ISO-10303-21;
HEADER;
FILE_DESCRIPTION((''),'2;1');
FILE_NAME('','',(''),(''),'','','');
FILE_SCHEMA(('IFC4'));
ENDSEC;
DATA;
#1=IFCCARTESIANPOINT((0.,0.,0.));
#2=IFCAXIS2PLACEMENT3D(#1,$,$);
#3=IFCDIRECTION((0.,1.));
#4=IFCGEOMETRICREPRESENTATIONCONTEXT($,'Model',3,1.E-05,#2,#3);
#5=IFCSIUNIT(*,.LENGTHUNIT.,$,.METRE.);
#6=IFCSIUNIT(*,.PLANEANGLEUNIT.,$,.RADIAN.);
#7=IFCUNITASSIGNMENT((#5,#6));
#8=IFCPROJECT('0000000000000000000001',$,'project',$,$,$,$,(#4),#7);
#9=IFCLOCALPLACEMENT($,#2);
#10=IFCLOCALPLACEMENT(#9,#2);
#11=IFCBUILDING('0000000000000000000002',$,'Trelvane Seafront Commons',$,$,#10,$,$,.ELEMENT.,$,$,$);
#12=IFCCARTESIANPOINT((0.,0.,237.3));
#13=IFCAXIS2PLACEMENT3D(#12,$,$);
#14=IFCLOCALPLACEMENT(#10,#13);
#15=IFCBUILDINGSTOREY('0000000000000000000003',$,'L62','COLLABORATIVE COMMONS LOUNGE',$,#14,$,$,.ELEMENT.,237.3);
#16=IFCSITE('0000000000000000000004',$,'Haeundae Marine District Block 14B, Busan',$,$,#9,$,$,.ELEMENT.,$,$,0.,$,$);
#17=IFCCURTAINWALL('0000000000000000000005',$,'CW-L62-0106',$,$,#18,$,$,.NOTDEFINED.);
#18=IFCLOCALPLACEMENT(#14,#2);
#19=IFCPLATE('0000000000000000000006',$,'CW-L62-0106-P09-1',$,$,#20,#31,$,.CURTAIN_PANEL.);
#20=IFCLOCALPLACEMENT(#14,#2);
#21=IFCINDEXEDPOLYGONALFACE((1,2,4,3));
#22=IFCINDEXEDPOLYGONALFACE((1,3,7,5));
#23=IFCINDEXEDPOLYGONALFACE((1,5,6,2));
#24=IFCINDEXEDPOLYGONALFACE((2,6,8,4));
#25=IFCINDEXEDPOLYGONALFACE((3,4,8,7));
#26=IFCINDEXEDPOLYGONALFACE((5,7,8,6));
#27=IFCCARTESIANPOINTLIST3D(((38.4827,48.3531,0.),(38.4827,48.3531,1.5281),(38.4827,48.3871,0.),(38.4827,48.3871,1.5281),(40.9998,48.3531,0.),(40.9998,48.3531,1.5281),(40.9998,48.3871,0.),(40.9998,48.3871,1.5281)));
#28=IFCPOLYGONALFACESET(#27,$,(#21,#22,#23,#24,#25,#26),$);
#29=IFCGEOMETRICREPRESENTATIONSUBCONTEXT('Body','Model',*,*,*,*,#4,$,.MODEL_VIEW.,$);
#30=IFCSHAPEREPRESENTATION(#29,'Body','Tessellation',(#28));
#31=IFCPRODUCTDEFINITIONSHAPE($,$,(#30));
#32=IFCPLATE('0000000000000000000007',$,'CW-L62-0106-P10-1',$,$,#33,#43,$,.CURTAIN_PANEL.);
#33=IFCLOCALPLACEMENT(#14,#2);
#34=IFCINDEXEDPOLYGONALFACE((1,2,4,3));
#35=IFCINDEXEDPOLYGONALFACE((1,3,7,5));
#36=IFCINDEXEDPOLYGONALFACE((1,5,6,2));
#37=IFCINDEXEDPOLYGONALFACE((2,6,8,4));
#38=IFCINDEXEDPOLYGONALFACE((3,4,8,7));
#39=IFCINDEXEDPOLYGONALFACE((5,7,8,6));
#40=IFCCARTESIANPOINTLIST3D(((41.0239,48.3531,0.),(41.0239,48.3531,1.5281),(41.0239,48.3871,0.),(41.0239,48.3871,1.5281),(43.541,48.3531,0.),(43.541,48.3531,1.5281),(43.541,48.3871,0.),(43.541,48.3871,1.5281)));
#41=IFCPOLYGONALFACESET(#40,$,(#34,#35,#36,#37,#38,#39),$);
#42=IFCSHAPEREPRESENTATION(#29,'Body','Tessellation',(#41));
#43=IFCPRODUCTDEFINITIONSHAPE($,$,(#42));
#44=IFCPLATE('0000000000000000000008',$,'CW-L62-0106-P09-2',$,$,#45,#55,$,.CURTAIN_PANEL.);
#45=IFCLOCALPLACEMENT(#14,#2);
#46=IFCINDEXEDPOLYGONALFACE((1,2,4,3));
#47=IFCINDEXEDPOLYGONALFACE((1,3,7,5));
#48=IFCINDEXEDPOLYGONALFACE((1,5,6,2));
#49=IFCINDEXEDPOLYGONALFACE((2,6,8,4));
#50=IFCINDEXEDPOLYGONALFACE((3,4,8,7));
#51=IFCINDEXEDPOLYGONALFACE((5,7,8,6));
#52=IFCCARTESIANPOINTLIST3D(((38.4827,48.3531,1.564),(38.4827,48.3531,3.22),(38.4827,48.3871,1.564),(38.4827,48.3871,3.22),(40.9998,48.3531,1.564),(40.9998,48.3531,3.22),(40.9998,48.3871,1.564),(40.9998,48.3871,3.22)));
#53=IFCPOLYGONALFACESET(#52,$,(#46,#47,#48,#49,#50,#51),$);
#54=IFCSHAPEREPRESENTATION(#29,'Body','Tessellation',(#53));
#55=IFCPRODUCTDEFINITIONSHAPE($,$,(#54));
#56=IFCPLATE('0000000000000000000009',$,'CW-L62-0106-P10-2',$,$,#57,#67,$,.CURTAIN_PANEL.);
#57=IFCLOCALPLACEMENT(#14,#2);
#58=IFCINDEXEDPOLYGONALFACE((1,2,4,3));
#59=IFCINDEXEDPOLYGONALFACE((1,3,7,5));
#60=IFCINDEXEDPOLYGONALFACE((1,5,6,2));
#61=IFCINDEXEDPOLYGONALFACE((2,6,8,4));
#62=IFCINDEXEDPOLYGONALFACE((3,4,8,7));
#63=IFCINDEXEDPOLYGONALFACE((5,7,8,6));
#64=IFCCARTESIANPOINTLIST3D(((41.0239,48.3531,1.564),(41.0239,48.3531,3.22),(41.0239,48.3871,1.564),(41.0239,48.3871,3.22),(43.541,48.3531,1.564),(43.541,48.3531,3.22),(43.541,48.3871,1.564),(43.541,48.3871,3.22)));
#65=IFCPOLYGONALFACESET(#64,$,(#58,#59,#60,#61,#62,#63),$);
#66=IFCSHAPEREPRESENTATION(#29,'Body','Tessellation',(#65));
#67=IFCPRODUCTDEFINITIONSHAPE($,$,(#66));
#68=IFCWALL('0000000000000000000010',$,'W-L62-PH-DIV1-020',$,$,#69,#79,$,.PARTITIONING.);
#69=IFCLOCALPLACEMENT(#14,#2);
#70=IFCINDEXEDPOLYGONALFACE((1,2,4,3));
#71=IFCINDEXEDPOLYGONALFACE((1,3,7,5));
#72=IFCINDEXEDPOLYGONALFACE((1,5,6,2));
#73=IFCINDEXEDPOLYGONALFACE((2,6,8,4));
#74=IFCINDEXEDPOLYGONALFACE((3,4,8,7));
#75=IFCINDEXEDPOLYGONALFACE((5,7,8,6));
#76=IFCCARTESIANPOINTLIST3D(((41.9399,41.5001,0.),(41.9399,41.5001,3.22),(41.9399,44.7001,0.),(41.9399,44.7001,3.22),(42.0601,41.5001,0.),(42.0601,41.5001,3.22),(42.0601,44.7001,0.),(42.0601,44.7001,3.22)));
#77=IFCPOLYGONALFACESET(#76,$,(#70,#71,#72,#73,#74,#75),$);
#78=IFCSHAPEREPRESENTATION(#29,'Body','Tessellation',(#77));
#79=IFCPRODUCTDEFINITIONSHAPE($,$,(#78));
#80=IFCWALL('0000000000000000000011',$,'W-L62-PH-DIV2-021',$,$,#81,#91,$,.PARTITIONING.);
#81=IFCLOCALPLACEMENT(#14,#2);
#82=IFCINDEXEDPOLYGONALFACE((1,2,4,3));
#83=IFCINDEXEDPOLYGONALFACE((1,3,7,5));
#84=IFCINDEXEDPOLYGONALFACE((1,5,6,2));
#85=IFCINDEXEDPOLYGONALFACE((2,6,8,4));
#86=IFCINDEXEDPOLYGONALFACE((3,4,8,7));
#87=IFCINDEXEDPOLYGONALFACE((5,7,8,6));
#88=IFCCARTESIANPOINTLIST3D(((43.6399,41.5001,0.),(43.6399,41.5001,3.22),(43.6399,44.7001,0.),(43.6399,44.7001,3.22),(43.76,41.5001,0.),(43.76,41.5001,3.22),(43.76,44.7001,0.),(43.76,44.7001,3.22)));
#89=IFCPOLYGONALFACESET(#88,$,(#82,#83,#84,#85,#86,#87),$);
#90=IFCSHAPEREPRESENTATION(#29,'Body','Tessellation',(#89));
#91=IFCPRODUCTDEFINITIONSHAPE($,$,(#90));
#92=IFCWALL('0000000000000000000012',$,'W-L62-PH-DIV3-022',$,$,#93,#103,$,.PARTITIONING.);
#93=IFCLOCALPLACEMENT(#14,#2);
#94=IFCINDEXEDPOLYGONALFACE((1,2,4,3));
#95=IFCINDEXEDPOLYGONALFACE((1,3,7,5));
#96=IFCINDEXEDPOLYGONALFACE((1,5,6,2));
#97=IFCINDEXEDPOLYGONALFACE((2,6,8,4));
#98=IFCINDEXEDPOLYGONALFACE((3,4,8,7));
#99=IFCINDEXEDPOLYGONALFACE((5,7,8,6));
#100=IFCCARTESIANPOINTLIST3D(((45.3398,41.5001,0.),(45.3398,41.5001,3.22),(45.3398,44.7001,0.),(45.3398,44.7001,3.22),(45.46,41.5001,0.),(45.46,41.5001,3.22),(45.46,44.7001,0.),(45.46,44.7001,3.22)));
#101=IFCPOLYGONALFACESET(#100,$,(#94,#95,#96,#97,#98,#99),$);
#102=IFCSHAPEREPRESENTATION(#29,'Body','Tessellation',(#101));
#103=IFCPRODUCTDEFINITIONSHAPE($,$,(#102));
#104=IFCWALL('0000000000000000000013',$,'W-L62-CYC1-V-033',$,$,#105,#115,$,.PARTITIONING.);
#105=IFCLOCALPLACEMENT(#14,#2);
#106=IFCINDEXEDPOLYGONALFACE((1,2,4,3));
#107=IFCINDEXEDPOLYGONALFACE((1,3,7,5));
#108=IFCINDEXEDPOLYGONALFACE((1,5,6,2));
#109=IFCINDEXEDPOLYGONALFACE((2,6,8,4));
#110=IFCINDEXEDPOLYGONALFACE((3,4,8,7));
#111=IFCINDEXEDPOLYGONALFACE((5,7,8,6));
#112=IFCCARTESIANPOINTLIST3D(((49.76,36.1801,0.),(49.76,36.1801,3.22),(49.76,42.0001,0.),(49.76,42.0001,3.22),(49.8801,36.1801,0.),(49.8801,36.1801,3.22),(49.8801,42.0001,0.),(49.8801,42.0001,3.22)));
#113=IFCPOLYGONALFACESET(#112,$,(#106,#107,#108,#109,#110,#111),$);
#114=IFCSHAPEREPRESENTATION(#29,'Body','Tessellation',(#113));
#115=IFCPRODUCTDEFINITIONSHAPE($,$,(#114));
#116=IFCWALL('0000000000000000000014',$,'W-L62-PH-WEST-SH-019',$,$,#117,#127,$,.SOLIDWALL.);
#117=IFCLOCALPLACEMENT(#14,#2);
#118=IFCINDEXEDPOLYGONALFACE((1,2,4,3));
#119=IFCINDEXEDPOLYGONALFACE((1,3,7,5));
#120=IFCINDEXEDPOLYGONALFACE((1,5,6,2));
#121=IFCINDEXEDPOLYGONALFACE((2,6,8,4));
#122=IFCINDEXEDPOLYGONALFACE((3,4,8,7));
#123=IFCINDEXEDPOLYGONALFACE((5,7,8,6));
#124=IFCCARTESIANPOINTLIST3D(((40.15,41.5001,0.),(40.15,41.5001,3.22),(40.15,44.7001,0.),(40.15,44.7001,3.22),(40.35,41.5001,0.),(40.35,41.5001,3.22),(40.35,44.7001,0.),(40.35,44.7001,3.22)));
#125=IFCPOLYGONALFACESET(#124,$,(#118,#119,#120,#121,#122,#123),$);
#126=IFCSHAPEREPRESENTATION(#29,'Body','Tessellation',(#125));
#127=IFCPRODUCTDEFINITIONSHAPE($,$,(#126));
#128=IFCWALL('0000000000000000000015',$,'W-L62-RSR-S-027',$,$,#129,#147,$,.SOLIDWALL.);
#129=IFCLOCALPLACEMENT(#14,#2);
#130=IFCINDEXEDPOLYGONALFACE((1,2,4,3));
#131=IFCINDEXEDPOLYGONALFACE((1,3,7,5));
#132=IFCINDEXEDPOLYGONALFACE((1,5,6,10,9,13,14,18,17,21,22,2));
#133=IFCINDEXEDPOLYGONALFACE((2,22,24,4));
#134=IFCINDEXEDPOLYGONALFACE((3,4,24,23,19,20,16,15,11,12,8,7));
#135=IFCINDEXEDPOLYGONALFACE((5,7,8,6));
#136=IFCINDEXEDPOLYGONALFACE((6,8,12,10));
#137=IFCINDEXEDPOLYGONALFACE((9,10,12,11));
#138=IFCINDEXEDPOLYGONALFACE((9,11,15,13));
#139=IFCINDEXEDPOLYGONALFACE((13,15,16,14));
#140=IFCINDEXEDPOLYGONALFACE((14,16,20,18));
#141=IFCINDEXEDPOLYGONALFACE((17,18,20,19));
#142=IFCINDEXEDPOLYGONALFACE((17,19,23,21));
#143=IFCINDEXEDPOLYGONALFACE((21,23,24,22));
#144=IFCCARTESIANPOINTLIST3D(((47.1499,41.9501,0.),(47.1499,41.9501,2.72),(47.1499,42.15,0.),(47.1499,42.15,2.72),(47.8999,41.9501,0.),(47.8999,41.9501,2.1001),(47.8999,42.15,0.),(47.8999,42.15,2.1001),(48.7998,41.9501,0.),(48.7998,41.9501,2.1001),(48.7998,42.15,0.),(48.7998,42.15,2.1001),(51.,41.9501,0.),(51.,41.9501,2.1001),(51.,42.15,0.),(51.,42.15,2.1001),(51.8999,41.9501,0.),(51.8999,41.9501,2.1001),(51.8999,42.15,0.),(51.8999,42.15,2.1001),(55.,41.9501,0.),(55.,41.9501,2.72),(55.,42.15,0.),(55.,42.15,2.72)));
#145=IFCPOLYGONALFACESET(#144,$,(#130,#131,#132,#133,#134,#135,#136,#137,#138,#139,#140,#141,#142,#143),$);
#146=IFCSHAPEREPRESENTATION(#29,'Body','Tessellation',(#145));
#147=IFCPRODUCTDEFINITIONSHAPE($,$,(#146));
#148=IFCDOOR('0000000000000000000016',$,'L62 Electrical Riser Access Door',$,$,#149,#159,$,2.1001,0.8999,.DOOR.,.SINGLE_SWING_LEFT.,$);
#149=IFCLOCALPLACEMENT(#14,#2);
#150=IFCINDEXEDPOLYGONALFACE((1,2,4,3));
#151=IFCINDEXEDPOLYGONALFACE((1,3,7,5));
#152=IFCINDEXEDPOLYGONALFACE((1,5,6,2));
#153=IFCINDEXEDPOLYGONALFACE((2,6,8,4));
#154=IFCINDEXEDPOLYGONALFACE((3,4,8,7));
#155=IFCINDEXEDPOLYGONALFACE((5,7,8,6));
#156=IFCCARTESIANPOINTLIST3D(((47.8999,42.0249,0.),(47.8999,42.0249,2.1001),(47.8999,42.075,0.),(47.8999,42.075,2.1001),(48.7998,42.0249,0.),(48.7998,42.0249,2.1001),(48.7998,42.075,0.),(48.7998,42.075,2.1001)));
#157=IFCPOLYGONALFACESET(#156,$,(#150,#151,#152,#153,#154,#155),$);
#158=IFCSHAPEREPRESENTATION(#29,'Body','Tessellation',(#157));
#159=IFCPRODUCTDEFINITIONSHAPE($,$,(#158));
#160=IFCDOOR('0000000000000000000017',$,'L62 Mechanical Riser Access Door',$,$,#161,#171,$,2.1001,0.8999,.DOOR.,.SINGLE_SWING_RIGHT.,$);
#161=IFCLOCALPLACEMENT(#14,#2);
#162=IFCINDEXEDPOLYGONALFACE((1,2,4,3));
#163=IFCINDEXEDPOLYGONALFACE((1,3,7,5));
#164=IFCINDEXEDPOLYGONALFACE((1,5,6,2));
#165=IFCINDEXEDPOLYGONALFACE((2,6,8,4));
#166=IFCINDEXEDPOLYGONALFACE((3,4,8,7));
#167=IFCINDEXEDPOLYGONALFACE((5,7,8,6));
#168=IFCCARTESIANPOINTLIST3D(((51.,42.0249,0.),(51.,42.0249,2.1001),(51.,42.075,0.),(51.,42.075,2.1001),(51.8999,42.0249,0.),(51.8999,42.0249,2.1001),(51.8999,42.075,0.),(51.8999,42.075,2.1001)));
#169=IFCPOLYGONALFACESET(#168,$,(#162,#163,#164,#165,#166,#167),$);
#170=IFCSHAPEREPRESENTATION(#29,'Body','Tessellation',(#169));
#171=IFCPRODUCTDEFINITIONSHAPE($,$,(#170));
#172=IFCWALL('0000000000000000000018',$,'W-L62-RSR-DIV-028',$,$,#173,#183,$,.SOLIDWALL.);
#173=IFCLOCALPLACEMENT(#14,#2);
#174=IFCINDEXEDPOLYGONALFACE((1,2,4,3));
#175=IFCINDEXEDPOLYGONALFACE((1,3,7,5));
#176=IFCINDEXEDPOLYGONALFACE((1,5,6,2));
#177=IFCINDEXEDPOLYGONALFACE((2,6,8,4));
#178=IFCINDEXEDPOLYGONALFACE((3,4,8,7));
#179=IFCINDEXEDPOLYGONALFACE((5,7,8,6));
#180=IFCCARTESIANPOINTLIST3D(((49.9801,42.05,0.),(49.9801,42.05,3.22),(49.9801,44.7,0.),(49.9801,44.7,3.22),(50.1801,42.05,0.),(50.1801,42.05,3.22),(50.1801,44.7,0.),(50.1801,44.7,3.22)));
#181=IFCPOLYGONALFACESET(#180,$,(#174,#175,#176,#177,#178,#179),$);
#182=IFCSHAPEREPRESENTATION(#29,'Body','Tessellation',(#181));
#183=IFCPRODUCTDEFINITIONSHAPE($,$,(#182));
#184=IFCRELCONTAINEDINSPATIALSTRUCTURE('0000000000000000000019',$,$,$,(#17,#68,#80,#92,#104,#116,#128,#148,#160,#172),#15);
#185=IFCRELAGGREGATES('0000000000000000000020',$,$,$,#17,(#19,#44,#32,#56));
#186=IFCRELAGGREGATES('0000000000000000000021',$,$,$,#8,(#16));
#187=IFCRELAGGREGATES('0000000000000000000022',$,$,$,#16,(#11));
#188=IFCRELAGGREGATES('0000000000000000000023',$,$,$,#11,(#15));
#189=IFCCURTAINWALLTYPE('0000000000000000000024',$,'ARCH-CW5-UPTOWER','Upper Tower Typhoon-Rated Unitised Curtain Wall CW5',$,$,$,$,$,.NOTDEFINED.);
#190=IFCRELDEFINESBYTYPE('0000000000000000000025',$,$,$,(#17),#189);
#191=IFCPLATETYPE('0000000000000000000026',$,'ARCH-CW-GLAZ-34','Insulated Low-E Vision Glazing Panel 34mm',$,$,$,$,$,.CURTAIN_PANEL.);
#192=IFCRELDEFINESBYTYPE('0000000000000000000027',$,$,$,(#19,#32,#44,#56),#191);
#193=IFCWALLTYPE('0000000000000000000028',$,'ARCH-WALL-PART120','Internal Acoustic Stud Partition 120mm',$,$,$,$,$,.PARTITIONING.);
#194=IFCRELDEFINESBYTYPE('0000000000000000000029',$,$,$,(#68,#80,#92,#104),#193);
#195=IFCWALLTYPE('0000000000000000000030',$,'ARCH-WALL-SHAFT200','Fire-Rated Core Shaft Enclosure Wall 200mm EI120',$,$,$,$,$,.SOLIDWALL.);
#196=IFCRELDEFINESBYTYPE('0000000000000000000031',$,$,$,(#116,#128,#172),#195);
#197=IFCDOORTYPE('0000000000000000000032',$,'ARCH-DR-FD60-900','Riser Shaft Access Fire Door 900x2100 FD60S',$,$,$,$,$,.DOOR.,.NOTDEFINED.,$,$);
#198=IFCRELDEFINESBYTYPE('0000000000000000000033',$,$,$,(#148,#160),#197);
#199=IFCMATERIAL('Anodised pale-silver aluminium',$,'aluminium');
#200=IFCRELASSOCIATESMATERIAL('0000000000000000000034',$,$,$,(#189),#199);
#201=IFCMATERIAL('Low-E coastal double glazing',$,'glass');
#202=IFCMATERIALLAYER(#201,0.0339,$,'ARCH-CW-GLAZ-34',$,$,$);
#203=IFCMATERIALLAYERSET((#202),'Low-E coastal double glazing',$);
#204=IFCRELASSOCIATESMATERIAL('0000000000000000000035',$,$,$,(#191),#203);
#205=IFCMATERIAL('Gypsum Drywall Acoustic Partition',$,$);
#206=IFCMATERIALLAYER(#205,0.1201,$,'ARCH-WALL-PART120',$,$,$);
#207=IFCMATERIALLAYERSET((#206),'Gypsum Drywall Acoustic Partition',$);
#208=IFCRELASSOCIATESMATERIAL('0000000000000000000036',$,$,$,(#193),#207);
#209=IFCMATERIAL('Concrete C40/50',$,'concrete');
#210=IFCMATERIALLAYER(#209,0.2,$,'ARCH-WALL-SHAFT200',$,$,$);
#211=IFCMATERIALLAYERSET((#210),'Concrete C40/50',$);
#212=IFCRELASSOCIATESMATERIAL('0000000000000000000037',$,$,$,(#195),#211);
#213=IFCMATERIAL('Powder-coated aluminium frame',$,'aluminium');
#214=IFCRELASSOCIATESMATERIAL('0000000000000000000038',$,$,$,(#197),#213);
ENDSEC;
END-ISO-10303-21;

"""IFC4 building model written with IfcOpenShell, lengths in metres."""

from ifc_helpers import new_model, si_unit, direction, frame, frame_2d, origin, origin_2d, place, context, subcontext, project, spatial, rectangle, extrude, source, transform, mapped, material, layer, layer_set, type_object, element, fill, aggregate, save


model = new_model("IFC4")

# Units and contexts
model_context = context("Model", 3, precision=1e-05, world=origin(), true_north=direction((0.0, 1.0)))
body_context = subcontext(model_context, "Body", "Model", "MODEL_VIEW")
ifc_project = project(units=[si_unit("LENGTHUNIT", "METRE"), si_unit("PLANEANGLEUNIT", "RADIAN")], contexts=[model_context])

# Site, building, storey
site_placement = place(None, origin())
site = spatial("IfcSite", under=ifc_project, at=site_placement, Name="Haeundae Marine District Block 14B, Busan", CompositionType="ELEMENT", RefElevation=0.0)
building_placement = place(site_placement, origin())
building = spatial("IfcBuilding", under=site, at=building_placement, Name="Trelvane Seafront Commons", CompositionType="ELEMENT")
storey_placement = place(building_placement, frame((0.0, 0.0, 237.3)))
storey = spatial("IfcBuildingStorey", under=building, at=storey_placement, Name="L62", Description="COLLABORATIVE COMMONS LOUNGE", CompositionType="ELEMENT", Elevation=237.3)

# Curtain wall, plates
ifc_material_1 = material(Name="Anodised pale-silver aluminium", Category="aluminium")
curtain_wall_type = type_object("IfcCurtainWallType", Name="ARCH-CW5-UPTOWER", Description="Upper Tower Typhoon-Rated Unitised Curtain Wall CW5", PredefinedType="NOTDEFINED", material=ifc_material_1)
curtain_wall_placement = place(storey_placement, origin())
curtain_wall = element("IfcCurtainWall", 1, at=curtain_wall_placement, inside=storey, type_object=curtain_wall_type, Name="CW-L62-0106", PredefinedType="NOTDEFINED")
ifc_material_2 = material(Name="Low-E coastal double glazing", Category="glass")
ifc_layer_1 = layer(ifc_material_2, 0.0339, Name="ARCH-CW-GLAZ-34")
ifc_layer_set_1 = layer_set([ifc_layer_1], Name="Low-E coastal double glazing")
plate_type = type_object("IfcPlateType", Name="ARCH-CW-GLAZ-34", Description="Insulated Low-E Vision Glazing Panel 34mm", PredefinedType="CURTAIN_PANEL", material=ifc_layer_set_1)
shared_shape_1 = source(origin(), body_context, "Body", "SweptSolid", [
    extrude(rectangle(XDim=2.5171, YDim=0.0339, at=origin_2d()), origin(), (0.0, 0.0, 1.0), 1.5281),
])
plate_1_placement = place(storey_placement, frame((39.7412, 48.3701, 0.0), z_axis=(0.0, 0.0, 1.0), x_axis=(1.0, 0.0, 0.0)))
plate_1 = element("IfcPlate", 2, at=plate_1_placement, type_object=plate_type, Name="CW-L62-0106-P09-1", PredefinedType="CURTAIN_PANEL", context=body_context, shape_type="MappedRepresentation", body=[
    mapped(shared_shape_1, transform((0.0, 0.0, 0.0), x_axis=(1.0, 0.0, 0.0), y_axis=(0.0, 1.0, 0.0), z_axis=(0.0, 0.0, 1.0), scale=1.0)),
])
plate_2_placement = place(storey_placement, frame((42.2825, 48.3701, 0.0), z_axis=(0.0, 0.0, 1.0), x_axis=(1.0, 0.0, 0.0)))
plate_2 = element("IfcPlate", 3, at=plate_2_placement, type_object=plate_type, Name="CW-L62-0106-P10-1", PredefinedType="CURTAIN_PANEL", context=body_context, shape_type="MappedRepresentation", body=[
    mapped(shared_shape_1, transform((0.0, 0.0, 0.0), x_axis=(1.0, 0.0, 0.0), y_axis=(0.0, 1.0, 0.0), z_axis=(0.0, 0.0, 1.0), scale=1.0)),
])
shared_shape_2 = source(origin(), body_context, "Body", "SweptSolid", [
    extrude(rectangle(XDim=2.5171, YDim=0.0339, at=origin_2d()), origin(), (0.0, 0.0, 1.0), 1.656),
])
plate_3_placement = place(storey_placement, frame((39.7412, 48.3701, 1.564), z_axis=(0.0, 0.0, 1.0), x_axis=(1.0, 0.0, 0.0)))
plate_3 = element("IfcPlate", 4, at=plate_3_placement, type_object=plate_type, Name="CW-L62-0106-P09-2", PredefinedType="CURTAIN_PANEL", context=body_context, shape_type="MappedRepresentation", body=[
    mapped(shared_shape_2, transform((0.0, 0.0, 0.0), x_axis=(1.0, 0.0, 0.0), y_axis=(0.0, 1.0, 0.0), z_axis=(0.0, 0.0, 1.0), scale=1.0)),
])
plate_4_placement = place(storey_placement, frame((42.2825, 48.3701, 1.564), z_axis=(0.0, 0.0, 1.0), x_axis=(1.0, 0.0, 0.0)))
plate_4 = element("IfcPlate", 5, at=plate_4_placement, type_object=plate_type, Name="CW-L62-0106-P10-2", PredefinedType="CURTAIN_PANEL", context=body_context, shape_type="MappedRepresentation", body=[
    mapped(shared_shape_2, transform((0.0, 0.0, 0.0), x_axis=(1.0, 0.0, 0.0), y_axis=(0.0, 1.0, 0.0), z_axis=(0.0, 0.0, 1.0), scale=1.0)),
])
aggregate(curtain_wall, [plate_1, plate_3, plate_2, plate_4])

# Walls
ifc_material_3 = material(Name="Gypsum Drywall Acoustic Partition")
ifc_layer_2 = layer(ifc_material_3, 0.1201, Name="ARCH-WALL-PART120")
ifc_layer_set_2 = layer_set([ifc_layer_2], Name="Gypsum Drywall Acoustic Partition")
wall_type_1 = type_object("IfcWallType", Name="ARCH-WALL-PART120", Description="Internal Acoustic Stud Partition 120mm", PredefinedType="PARTITIONING", material=ifc_layer_set_2)
for number, where, z_axis, x_axis, name in (
    (6, (42.0, 41.5, 0.0), (0.0, 0.0, 1.0), (0.0, 1.0, 0.0), "W-L62-PH-DIV1-020"),
    (7, (43.7, 41.5, 0.0), (0.0, 0.0, 1.0), (0.0, 1.0, 0.0), "W-L62-PH-DIV2-021"),
    (8, (45.3999, 41.5, 0.0), (0.0, 0.0, 1.0), (0.0, 1.0, 0.0), "W-L62-PH-DIV3-022"),
):
    element("IfcWall", number, at=place(storey_placement, frame(where, z_axis=z_axis, x_axis=x_axis)), inside=storey, type_object=wall_type_1, Name=name, PredefinedType="PARTITIONING", context=body_context, shape_type="SweptSolid", body=[
        extrude(rectangle(XDim=3.2, YDim=0.1201, at=frame_2d((1.6001, 0.0))), origin(), (0.0, 0.0, 1.0), 3.22),
    ])

# Wall
wall_1_placement = place(storey_placement, frame((49.8201, 36.1799, 0.0), z_axis=(0.0, 0.0, 1.0), x_axis=(0.0, 1.0, 0.0)))
element("IfcWall", 9, at=wall_1_placement, inside=storey, type_object=wall_type_1, Name="W-L62-CYC1-V-033", PredefinedType="PARTITIONING", context=body_context, shape_type="SweptSolid", body=[
    extrude(rectangle(XDim=5.8201, YDim=0.1201, at=frame_2d((2.9102, 0.0))), origin(), (0.0, 0.0, 1.0), 3.22),
])

# Shared definitions
ifc_material_4 = material(Name="Concrete C40/50", Category="concrete")
ifc_layer_3 = layer(ifc_material_4, 0.2, Name="ARCH-WALL-SHAFT200")
ifc_layer_set_3 = layer_set([ifc_layer_3], Name="Concrete C40/50")
wall_type_2 = type_object("IfcWallType", Name="ARCH-WALL-SHAFT200", Description="Fire-Rated Core Shaft Enclosure Wall 200mm EI120", PredefinedType="SOLIDWALL", material=ifc_layer_set_3)

# Wall
wall_2_placement = place(storey_placement, frame((40.25, 41.5, 0.0), z_axis=(0.0, 0.0, 1.0), x_axis=(0.0, 1.0, 0.0)))
element("IfcWall", 10, at=wall_2_placement, inside=storey, type_object=wall_type_2, Name="W-L62-PH-WEST-SH-019", PredefinedType="SOLIDWALL", context=body_context, shape_type="SweptSolid", body=[
    extrude(rectangle(XDim=3.2, YDim=0.2, at=frame_2d((1.6001, 0.0))), origin(), (0.0, 0.0, 1.0), 3.22),
])

# Wall, openings, doors
wall_3_placement = place(storey_placement, frame((47.1499, 42.05, 0.0), z_axis=(0.0, 0.0, 1.0), x_axis=(1.0, 0.0, 0.0)))
wall_3 = element("IfcWall", 11, at=wall_3_placement, inside=storey, type_object=wall_type_2, Name="W-L62-RSR-S-027", PredefinedType="SOLIDWALL", context=body_context, shape_type="SweptSolid", body=[
    extrude(rectangle(XDim=7.8501, YDim=0.2, at=frame_2d((3.925, 0.0))), origin(), (0.0, 0.0, 1.0), 2.72),
])
opening_1_placement = place(wall_3_placement, frame((0.75, 0.0, 0.0)))
opening_1 = element("IfcOpeningElement", 12, at=opening_1_placement, cuts=wall_3, PredefinedType="OPENING", context=body_context, shape_type="SweptSolid", body=[
    extrude(rectangle(XDim=0.8999, YDim=2.1001, at=frame_2d((0.45, 1.05))), frame((0.0, 0.1099, 0.0), z_axis=(0.0, -1.0, 0.0), x_axis=(1.0, 0.0, 0.0)), (0.0, 0.0, 1.0), 0.22),
])
opening_2_placement = place(wall_3_placement, frame((3.8501, 0.0, 0.0)))
opening_2 = element("IfcOpeningElement", 13, at=opening_2_placement, cuts=wall_3, PredefinedType="OPENING", context=body_context, shape_type="SweptSolid", body=[
    extrude(rectangle(XDim=0.8999, YDim=2.1001, at=frame_2d((0.45, 1.05))), frame((0.0, 0.1099, 0.0), z_axis=(0.0, -1.0, 0.0), x_axis=(1.0, 0.0, 0.0)), (0.0, 0.0, 1.0), 0.22),
])
ifc_material_5 = material(Name="Powder-coated aluminium frame", Category="aluminium")
door_type_1 = type_object("IfcDoorType", Name="ARCH-DR-FD60-900", Description="Riser Shaft Access Fire Door 900x2100 FD60S", OperationType="NOTDEFINED", PredefinedType="DOOR", material=ifc_material_5)
shared_shape_3 = source(origin(), body_context, "Body", "SweptSolid", [
    extrude(rectangle(XDim=0.8999, YDim=2.1001, at=frame_2d((0.45, 1.05))), frame((0.0, 0.0249, 0.0), z_axis=(0.0, -1.0, 0.0), x_axis=(1.0, 0.0, 0.0)), (0.0, 0.0, 1.0), 0.05),
])
door_1_placement = place(opening_1_placement, origin())
door_1 = element("IfcDoor", 14, at=door_1_placement, inside=storey, type_object=door_type_1, Name="L62 Electrical Riser Access Door", OperationType="SINGLE_SWING_LEFT", OverallHeight=2.1001, OverallWidth=0.8999, PredefinedType="DOOR", context=body_context, shape_type="MappedRepresentation", body=[
    mapped(shared_shape_3, transform((0.0, 0.0, 0.0), x_axis=(1.0, 0.0, 0.0), y_axis=(0.0, 1.0, 0.0), z_axis=(0.0, 0.0, 1.0), scale=1.0)),
])
fill(opening_1, door_1)
door_2_placement = place(opening_2_placement, origin())
door_2 = element("IfcDoor", 15, at=door_2_placement, inside=storey, type_object=door_type_1, Name="L62 Mechanical Riser Access Door", OperationType="SINGLE_SWING_RIGHT", OverallHeight=2.1001, OverallWidth=0.8999, PredefinedType="DOOR", context=body_context, shape_type="MappedRepresentation", body=[
    mapped(shared_shape_3, transform((0.0, 0.0, 0.0), x_axis=(1.0, 0.0, 0.0), y_axis=(0.0, 1.0, 0.0), z_axis=(0.0, 0.0, 1.0), scale=1.0)),
])
fill(opening_2, door_2)

# Wall
wall_4_placement = place(storey_placement, frame((50.0801, 42.05, 0.0), z_axis=(0.0, 0.0, 1.0), x_axis=(0.0, 1.0, 0.0)))
element("IfcWall", 16, at=wall_4_placement, inside=storey, type_object=wall_type_2, Name="W-L62-RSR-DIV-028", PredefinedType="SOLIDWALL", context=body_context, shape_type="SweptSolid", body=[
    extrude(rectangle(XDim=2.6499, YDim=0.2, at=frame_2d((1.325, 0.0))), origin(), (0.0, 0.0, 1.0), 3.22),
])

save(model, "model.ifc")
